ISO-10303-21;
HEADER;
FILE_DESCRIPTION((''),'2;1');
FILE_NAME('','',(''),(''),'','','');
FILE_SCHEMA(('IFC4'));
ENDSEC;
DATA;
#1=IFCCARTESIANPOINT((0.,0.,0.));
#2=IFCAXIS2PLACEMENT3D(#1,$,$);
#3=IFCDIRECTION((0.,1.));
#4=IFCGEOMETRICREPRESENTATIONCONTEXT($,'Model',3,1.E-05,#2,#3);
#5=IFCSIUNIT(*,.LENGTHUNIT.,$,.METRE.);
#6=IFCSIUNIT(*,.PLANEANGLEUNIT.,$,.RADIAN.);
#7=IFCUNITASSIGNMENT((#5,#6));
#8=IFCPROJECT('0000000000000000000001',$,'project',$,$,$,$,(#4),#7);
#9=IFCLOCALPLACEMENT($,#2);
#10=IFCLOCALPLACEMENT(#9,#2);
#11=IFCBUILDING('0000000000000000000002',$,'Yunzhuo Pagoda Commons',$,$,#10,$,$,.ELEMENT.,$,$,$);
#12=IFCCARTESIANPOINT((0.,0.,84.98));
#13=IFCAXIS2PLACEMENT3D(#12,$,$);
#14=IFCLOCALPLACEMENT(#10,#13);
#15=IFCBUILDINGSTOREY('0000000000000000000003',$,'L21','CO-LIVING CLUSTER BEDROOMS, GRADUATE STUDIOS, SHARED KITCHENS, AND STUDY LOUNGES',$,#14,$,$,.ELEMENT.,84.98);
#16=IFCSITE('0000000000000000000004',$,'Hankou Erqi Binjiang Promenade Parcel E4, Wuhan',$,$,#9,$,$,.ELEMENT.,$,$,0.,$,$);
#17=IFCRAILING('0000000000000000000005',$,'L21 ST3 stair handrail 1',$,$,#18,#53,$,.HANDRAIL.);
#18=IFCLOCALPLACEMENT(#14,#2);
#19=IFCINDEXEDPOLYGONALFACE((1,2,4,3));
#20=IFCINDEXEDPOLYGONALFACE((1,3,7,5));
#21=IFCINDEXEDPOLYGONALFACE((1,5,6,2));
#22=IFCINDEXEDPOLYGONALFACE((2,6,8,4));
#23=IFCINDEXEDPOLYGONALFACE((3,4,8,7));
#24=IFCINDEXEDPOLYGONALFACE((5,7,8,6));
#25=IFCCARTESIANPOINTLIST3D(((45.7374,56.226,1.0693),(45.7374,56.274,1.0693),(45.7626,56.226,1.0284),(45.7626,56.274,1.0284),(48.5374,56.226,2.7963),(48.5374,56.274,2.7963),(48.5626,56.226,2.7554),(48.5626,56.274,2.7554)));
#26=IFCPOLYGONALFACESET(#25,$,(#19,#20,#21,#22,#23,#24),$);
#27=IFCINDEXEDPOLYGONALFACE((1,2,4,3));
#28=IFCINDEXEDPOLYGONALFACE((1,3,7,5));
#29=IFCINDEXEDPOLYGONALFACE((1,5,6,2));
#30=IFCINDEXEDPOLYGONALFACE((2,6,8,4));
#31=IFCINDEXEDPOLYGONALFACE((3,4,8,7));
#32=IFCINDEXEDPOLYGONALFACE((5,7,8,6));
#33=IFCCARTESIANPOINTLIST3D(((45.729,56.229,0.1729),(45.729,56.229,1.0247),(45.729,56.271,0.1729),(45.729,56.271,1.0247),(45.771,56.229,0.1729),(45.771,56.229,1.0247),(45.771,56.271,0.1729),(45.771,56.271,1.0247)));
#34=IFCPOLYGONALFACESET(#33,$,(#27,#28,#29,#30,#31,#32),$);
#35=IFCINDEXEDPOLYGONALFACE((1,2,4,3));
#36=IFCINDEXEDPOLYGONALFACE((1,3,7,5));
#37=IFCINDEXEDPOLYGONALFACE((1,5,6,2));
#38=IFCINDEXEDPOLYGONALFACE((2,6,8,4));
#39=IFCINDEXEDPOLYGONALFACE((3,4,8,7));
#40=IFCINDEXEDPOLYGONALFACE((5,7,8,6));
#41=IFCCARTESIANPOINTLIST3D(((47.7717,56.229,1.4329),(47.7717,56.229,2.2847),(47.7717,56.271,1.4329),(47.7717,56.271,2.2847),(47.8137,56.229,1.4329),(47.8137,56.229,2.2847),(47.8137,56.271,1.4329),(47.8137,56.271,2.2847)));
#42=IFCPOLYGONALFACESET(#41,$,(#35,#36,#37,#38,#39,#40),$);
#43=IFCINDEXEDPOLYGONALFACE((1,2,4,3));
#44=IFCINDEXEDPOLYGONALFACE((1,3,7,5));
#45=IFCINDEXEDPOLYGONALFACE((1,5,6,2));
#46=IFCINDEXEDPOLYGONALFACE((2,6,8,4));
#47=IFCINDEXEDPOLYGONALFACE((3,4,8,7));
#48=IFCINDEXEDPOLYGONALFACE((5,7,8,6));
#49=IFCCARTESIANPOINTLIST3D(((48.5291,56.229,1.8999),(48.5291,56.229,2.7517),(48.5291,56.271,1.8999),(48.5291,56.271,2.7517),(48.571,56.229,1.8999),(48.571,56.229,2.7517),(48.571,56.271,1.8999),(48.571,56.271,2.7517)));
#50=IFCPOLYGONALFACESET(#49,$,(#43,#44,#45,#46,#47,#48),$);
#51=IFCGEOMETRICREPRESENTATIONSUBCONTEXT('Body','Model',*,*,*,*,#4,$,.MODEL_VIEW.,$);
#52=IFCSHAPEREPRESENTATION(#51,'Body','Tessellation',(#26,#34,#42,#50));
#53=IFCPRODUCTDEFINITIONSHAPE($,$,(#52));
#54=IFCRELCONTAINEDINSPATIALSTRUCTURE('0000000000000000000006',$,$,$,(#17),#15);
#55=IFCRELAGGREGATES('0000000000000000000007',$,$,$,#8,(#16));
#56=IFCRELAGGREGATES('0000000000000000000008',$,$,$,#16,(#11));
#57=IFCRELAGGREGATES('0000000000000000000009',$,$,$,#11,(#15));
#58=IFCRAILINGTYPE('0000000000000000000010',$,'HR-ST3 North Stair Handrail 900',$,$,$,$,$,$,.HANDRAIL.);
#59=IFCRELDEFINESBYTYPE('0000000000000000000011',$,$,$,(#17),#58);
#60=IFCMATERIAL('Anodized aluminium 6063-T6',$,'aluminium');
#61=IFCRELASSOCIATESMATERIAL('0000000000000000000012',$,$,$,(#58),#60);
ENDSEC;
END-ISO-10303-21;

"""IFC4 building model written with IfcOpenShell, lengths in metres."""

from ifc_helpers import new_model, si_unit, direction, frame, origin, origin_2d, place, context, subcontext, project, spatial, rectangle, extrude, material, type_object, element, save


model = new_model("IFC4")

# Units and contexts
model_context = context("Model", 3, precision=1e-05, world=origin(), true_north=direction((0.0, 1.0)))
body_context = subcontext(model_context, "Body", "Model", "MODEL_VIEW")
ifc_project = project(units=[si_unit("LENGTHUNIT", "METRE"), si_unit("PLANEANGLEUNIT", "RADIAN")], contexts=[model_context])

# Site, building, storey
site_placement = place(None, origin())
site = spatial("IfcSite", under=ifc_project, at=site_placement, Name="Hankou Erqi Binjiang Promenade Parcel E4, Wuhan", CompositionType="ELEMENT", RefElevation=0.0)
building_placement = place(site_placement, origin())
building = spatial("IfcBuilding", under=site, at=building_placement, Name="Yunzhuo Pagoda Commons", CompositionType="ELEMENT")
storey_placement = place(building_placement, frame((0.0, 0.0, 84.98)))
storey = spatial("IfcBuildingStorey", under=building, at=storey_placement, Name="L21", Description="CO-LIVING CLUSTER BEDROOMS, GRADUATE STUDIOS, SHARED KITCHENS, AND STUDY LOUNGES", CompositionType="ELEMENT", Elevation=84.98)

# Shared definitions
ifc_material_1 = material(Name="Anodized aluminium 6063-T6", Category="aluminium")

# Railing
railing_type_1 = type_object("IfcRailingType", Name="HR-ST3 North Stair Handrail 900", PredefinedType="HANDRAIL", material=ifc_material_1)
railing_1_placement = place(storey_placement, frame((45.75, 56.25, 0.1729)))
element("IfcRailing", 1, at=railing_1_placement, inside=storey, type_object=railing_type_1, Name="L21 ST3 stair handrail 1", PredefinedType="HANDRAIL", context=body_context, shape_type="SweptSolid", body=[
    extrude(rectangle(XDim=0.0481, YDim=0.0481, at=origin_2d()), frame((0.0, 0.0, 0.876), z_axis=(0.851123, 0.0, 0.524967), x_axis=(0.0, 1.0, 0.0)), (0.0, 0.0, 1.0), 3.2898),
    extrude(rectangle(XDim=0.042, YDim=0.042, at=origin_2d()), origin(), (0.0, 0.0, 1.0), 0.8518),
    extrude(rectangle(XDim=0.042, YDim=0.042, at=origin_2d()), frame((2.0427, 0.0, 1.26)), (0.0, 0.0, 1.0), 0.8518),
    extrude(rectangle(XDim=0.042, YDim=0.042, at=origin_2d()), frame((2.8, 0.0, 1.7271)), (0.0, 0.0, 1.0), 0.8518),
])

save(model, "model.ifc")
